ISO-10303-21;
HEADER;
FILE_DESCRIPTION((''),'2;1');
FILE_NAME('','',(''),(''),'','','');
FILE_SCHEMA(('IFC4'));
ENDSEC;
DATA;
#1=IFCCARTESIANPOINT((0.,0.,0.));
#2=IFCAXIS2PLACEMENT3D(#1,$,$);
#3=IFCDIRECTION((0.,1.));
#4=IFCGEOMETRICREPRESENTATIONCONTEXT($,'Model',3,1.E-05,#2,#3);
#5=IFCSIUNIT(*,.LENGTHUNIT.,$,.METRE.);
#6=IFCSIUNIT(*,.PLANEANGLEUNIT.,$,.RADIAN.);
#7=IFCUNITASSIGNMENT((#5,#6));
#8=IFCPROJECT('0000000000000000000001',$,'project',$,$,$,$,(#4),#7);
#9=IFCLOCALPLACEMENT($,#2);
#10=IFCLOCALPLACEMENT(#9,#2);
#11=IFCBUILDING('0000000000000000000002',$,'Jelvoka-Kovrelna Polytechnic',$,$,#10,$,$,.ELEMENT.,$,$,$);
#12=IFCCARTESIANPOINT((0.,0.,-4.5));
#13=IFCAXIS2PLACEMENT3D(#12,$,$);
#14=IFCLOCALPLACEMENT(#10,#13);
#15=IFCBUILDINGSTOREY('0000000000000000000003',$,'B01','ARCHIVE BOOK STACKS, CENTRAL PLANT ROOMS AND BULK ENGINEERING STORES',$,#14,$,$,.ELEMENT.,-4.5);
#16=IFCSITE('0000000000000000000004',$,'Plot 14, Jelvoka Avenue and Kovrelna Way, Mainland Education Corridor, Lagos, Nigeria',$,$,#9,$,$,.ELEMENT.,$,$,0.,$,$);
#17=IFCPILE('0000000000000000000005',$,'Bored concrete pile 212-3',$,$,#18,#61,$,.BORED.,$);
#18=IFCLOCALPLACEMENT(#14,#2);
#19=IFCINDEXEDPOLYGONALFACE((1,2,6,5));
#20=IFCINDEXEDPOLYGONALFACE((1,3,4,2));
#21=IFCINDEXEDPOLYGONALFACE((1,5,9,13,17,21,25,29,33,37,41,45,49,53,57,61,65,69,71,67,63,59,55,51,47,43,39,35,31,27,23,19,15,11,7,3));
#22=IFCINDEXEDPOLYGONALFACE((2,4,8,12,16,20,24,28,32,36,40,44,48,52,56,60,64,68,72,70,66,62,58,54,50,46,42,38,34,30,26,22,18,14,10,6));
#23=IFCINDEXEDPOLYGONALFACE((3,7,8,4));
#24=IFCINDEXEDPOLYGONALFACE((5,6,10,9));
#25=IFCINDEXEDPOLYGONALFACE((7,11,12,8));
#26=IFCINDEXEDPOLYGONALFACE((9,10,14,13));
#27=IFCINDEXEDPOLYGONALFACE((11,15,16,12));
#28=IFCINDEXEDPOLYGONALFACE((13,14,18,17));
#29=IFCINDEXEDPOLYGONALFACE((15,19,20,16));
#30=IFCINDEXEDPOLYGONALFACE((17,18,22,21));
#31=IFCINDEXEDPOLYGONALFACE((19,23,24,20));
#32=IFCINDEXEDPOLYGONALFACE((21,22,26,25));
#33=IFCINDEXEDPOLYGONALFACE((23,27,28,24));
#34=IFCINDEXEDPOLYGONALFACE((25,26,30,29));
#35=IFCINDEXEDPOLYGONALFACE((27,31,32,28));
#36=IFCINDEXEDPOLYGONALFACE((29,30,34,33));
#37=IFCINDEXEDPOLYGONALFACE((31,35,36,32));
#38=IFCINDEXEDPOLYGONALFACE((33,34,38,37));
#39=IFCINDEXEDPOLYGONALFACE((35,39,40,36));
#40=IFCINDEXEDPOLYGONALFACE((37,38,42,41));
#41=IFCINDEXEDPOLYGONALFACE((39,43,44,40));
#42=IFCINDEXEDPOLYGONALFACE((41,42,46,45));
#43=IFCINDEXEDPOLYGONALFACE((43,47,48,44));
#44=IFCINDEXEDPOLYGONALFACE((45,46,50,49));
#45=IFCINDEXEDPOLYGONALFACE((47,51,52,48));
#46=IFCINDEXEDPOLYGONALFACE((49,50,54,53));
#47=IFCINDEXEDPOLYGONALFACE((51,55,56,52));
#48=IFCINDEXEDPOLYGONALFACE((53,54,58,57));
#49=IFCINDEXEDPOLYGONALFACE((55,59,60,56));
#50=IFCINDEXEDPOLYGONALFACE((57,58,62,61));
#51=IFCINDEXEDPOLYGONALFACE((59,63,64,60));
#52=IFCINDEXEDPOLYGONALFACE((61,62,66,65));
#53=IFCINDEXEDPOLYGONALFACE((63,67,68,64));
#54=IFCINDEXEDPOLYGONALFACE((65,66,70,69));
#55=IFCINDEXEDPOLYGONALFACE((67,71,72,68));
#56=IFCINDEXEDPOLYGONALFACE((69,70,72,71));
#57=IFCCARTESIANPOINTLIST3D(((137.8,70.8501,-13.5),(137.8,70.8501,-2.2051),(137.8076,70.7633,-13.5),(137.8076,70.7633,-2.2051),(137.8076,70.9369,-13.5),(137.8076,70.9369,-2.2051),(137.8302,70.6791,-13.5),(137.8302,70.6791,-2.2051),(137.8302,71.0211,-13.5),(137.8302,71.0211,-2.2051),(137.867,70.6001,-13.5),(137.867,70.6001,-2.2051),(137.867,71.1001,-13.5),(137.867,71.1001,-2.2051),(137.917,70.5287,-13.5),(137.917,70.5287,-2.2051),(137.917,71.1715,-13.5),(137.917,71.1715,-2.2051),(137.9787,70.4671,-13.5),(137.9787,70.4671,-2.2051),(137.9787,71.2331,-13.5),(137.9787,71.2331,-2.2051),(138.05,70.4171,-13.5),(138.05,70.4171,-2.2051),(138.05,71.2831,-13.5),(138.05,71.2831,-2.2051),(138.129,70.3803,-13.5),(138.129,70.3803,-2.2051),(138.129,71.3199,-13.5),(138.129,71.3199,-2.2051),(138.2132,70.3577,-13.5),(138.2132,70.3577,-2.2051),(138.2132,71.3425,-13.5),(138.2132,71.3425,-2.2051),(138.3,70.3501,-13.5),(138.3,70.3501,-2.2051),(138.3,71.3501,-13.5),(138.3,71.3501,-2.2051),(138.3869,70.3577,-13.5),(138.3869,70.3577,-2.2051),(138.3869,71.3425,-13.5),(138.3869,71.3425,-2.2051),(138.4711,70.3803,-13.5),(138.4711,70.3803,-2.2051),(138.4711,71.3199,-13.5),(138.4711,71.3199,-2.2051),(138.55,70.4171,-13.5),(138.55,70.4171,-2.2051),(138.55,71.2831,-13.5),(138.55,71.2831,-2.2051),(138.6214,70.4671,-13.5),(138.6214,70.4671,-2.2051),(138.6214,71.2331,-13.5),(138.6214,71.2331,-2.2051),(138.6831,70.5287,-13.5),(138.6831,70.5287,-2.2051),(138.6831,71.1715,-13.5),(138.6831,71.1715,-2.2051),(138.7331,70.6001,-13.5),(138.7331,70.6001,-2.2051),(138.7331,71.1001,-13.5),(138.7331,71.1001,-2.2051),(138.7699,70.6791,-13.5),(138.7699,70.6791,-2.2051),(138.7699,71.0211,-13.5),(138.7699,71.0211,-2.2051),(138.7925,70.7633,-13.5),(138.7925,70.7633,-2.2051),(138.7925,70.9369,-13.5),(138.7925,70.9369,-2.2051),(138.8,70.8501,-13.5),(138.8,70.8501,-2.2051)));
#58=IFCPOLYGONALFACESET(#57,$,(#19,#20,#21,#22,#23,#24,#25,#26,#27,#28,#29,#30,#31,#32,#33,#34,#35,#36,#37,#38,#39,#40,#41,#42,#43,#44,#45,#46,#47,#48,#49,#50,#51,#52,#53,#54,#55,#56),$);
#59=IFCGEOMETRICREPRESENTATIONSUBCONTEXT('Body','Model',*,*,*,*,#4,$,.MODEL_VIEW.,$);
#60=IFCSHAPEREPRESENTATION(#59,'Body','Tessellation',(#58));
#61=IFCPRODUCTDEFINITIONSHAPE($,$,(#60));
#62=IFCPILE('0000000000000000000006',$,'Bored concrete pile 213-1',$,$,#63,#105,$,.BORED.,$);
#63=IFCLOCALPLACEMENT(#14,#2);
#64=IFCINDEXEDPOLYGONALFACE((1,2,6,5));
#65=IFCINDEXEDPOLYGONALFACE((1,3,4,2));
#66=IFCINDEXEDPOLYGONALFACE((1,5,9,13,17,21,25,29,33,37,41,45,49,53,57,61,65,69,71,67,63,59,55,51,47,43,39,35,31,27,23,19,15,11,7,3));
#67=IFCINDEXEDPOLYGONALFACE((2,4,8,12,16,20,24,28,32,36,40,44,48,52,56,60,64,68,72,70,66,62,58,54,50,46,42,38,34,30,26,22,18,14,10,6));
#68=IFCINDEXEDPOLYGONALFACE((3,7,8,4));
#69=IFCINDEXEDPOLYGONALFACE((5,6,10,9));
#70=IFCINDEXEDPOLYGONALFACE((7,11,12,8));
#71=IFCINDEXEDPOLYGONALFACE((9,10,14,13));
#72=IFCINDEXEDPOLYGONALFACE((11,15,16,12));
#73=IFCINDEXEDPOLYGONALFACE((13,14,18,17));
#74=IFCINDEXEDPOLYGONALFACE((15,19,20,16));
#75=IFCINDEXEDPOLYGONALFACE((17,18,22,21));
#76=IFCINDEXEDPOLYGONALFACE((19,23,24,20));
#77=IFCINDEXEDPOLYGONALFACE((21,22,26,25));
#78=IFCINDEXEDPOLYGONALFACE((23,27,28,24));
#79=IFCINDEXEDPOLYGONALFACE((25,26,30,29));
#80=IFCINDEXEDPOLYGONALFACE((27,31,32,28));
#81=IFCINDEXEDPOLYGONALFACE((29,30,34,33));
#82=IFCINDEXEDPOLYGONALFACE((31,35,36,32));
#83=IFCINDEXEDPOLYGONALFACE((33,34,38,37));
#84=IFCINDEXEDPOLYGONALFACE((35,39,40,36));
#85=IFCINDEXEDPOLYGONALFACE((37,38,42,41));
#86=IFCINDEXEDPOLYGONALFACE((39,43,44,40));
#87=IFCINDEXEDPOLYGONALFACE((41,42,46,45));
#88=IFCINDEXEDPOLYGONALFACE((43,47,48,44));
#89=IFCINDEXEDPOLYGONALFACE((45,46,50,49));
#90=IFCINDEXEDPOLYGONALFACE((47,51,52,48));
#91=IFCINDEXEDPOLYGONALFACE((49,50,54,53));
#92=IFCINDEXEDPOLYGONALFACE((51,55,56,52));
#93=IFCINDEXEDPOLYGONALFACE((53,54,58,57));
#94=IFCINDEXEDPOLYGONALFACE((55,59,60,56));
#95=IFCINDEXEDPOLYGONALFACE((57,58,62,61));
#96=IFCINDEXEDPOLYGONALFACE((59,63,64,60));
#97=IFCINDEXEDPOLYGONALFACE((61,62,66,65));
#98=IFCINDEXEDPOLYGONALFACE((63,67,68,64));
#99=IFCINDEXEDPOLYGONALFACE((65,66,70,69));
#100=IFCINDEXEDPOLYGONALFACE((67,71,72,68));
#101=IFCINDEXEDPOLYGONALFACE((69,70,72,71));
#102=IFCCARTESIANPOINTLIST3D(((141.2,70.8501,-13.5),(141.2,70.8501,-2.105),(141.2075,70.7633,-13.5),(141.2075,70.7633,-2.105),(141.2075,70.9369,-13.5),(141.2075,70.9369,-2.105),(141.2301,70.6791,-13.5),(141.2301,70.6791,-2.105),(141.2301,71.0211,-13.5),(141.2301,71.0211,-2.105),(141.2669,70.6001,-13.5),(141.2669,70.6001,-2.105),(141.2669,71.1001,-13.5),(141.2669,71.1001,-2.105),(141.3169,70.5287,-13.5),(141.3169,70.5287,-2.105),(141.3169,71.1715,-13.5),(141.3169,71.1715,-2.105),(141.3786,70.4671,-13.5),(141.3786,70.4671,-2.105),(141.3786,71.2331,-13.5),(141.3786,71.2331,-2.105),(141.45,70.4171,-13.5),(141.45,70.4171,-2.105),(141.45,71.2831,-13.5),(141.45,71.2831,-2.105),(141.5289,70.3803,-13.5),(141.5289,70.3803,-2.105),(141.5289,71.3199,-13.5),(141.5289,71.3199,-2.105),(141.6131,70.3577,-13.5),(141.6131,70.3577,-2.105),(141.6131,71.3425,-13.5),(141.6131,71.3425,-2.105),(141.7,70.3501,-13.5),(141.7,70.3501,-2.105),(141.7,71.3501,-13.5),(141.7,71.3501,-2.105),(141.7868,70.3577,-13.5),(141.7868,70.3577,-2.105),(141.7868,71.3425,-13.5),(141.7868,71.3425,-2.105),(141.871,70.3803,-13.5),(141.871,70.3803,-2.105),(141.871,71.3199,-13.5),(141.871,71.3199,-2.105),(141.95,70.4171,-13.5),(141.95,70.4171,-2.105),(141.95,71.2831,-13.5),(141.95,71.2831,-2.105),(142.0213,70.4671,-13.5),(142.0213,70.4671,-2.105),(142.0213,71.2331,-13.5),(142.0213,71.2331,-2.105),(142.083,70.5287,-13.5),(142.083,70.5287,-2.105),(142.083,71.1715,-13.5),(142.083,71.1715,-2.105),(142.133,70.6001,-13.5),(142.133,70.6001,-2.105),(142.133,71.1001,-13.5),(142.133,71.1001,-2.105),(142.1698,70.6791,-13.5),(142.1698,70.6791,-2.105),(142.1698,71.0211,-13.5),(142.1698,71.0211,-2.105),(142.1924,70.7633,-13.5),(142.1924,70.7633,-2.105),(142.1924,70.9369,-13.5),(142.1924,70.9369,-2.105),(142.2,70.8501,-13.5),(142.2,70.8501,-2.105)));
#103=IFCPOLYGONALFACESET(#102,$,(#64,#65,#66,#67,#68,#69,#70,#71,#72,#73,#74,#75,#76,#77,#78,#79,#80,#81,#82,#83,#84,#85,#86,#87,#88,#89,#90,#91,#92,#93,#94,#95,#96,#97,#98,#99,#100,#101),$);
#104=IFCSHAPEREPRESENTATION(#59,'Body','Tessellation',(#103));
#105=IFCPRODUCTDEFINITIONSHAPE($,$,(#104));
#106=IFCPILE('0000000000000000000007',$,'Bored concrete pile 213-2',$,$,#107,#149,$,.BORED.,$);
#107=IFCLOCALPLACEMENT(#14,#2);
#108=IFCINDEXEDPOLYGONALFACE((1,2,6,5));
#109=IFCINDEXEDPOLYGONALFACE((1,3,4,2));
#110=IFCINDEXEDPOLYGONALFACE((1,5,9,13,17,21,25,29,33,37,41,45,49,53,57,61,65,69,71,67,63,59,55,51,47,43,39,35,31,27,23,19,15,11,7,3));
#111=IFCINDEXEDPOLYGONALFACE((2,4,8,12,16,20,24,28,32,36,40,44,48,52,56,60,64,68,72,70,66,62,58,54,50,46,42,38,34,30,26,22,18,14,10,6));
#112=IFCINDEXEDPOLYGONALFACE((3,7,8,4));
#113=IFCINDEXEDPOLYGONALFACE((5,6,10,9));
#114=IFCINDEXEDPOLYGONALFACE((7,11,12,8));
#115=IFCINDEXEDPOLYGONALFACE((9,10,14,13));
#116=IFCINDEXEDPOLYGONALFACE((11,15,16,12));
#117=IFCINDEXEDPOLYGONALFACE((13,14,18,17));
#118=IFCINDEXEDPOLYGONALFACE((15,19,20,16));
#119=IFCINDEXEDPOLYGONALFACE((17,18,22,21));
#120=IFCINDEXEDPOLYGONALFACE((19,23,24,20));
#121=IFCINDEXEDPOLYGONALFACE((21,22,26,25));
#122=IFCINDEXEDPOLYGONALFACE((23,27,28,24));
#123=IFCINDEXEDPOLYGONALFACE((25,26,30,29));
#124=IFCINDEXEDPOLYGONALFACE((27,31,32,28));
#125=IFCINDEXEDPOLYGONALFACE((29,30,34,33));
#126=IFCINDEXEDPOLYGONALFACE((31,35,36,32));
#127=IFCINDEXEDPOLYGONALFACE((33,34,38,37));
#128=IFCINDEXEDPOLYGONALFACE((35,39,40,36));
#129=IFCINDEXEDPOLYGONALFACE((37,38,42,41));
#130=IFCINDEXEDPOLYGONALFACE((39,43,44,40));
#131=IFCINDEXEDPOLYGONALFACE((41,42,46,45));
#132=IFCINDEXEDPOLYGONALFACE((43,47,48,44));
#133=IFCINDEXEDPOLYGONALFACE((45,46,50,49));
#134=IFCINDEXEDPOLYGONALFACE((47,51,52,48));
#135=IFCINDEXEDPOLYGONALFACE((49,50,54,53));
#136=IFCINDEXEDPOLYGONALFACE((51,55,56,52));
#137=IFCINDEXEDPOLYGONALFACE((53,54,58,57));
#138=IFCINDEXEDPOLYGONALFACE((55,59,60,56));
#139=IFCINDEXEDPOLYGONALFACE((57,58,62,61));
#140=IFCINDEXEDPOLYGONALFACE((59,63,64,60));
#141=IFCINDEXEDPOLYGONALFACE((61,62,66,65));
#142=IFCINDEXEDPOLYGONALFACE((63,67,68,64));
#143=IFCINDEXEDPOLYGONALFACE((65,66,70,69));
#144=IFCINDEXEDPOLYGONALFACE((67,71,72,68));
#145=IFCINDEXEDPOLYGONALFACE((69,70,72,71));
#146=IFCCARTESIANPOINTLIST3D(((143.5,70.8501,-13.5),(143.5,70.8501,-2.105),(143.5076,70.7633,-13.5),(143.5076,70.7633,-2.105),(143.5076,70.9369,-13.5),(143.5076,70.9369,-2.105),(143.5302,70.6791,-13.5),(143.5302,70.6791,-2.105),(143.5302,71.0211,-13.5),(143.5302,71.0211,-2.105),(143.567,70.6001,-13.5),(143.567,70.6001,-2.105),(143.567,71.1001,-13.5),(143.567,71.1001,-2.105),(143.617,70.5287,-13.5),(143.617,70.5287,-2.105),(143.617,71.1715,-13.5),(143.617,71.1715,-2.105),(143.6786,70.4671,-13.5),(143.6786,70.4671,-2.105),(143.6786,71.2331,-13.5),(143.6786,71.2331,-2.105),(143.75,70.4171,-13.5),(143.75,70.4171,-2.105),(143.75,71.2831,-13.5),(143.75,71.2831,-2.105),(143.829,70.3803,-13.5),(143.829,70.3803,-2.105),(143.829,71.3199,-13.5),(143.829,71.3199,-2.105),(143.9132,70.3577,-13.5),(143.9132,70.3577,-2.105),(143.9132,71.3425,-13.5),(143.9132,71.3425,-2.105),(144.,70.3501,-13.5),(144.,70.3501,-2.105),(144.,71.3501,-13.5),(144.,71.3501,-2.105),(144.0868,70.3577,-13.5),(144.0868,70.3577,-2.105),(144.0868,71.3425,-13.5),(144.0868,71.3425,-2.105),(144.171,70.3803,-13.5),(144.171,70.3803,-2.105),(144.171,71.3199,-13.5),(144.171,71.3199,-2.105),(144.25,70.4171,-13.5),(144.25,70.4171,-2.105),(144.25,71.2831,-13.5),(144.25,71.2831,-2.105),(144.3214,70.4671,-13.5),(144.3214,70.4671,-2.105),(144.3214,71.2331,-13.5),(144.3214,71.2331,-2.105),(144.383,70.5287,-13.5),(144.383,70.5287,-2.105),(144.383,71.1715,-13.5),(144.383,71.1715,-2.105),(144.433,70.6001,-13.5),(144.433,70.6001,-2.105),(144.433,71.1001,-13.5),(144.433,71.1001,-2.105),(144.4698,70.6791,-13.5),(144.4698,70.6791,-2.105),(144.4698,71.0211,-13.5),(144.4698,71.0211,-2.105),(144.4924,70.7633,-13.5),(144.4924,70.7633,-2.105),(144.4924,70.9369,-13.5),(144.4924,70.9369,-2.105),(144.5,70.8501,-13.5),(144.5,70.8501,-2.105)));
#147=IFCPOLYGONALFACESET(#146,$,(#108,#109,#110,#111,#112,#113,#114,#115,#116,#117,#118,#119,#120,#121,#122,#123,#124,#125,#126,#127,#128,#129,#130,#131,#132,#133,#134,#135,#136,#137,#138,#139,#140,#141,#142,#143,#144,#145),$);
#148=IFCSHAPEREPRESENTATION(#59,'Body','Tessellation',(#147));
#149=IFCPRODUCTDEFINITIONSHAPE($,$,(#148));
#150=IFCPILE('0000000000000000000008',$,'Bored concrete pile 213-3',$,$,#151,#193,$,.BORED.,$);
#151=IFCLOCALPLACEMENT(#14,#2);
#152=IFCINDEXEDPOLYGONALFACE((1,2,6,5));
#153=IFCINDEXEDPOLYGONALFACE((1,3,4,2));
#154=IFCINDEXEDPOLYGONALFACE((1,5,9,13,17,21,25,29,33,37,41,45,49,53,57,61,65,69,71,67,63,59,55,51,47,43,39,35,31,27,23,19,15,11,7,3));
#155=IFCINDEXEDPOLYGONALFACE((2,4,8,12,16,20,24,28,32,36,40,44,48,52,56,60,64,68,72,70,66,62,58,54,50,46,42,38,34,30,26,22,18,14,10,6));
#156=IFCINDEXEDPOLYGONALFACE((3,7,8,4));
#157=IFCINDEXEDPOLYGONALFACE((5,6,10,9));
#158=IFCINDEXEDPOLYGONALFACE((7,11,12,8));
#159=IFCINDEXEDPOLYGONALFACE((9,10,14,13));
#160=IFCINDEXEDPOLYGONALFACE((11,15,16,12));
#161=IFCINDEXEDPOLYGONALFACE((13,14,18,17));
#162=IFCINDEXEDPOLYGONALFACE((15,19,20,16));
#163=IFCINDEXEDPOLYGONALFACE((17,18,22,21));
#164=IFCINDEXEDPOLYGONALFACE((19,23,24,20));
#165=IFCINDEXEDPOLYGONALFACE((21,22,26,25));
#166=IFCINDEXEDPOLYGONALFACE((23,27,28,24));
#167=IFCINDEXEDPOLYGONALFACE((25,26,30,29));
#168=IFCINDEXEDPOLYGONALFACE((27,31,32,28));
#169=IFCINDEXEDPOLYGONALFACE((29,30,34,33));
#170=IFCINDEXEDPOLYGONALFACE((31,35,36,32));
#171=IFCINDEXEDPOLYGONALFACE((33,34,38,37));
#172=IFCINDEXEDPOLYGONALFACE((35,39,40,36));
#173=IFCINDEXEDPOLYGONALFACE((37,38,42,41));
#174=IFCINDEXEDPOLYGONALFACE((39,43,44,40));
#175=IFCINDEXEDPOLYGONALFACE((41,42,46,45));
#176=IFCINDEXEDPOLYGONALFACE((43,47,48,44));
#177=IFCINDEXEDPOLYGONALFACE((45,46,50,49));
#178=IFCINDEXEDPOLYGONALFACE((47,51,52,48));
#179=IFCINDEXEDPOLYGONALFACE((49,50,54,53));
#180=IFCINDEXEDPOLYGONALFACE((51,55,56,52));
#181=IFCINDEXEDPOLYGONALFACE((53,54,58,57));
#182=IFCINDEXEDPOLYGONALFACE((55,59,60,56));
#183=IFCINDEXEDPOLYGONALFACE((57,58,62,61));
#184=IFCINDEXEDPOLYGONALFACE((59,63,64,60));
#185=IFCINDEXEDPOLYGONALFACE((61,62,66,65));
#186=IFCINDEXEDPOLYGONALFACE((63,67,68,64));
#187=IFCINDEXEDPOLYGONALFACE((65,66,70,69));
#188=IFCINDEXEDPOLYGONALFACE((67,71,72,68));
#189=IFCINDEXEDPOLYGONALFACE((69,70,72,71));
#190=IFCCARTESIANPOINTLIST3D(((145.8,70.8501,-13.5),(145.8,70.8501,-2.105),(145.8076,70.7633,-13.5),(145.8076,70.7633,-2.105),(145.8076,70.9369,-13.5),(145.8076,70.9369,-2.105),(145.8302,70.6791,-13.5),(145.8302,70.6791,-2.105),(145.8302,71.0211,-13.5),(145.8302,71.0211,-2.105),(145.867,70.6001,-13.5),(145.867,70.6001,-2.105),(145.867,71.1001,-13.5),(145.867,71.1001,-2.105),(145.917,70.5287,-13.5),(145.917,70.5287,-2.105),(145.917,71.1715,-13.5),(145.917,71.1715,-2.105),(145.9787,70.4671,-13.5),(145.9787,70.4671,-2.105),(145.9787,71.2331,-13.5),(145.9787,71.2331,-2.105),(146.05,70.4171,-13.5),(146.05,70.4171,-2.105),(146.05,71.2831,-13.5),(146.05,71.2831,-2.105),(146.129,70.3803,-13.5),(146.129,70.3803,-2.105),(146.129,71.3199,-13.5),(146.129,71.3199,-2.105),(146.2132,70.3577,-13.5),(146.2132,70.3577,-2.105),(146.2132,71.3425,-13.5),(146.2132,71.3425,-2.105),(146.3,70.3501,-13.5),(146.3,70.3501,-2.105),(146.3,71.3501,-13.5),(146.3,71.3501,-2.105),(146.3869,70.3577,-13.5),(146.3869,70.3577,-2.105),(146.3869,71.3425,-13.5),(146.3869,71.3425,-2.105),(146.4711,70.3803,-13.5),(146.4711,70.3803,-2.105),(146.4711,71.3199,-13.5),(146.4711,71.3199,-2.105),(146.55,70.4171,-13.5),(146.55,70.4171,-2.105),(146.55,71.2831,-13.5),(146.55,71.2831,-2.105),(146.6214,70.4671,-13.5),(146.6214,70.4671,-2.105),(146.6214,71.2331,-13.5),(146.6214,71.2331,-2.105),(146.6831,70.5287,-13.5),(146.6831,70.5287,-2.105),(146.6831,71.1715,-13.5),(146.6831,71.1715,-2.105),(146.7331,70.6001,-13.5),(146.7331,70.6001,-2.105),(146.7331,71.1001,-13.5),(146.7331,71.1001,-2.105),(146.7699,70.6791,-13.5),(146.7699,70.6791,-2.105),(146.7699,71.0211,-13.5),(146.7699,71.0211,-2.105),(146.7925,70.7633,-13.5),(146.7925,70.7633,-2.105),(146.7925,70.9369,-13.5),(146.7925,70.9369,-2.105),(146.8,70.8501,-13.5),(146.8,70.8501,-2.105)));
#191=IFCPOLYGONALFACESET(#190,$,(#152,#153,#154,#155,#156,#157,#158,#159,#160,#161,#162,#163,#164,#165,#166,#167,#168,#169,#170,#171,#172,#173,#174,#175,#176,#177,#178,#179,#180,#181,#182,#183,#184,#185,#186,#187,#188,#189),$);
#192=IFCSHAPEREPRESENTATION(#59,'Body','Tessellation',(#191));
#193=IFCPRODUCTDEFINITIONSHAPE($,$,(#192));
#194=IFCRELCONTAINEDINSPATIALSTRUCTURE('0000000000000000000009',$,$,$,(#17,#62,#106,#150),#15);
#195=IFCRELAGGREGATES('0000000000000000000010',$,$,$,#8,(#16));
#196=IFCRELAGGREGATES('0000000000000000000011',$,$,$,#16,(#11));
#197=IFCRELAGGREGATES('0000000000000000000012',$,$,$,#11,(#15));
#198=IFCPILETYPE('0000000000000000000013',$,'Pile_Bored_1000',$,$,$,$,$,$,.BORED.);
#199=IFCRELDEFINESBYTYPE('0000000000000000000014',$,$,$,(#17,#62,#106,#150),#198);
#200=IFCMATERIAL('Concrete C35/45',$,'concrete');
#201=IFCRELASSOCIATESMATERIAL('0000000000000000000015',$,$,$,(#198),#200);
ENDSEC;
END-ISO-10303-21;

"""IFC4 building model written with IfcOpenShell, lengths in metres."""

from ifc_helpers import new_model, si_unit, direction, frame, origin, origin_2d, place, context, subcontext, project, spatial, circle, extrude, material, material_profile, profile_set, type_object, element, save


model = new_model("IFC4")

# Units and contexts
model_context = context("Model", 3, precision=1e-05, world=origin(), true_north=direction((0.0, 1.0)))
body_context = subcontext(model_context, "Body", "Model", "MODEL_VIEW")
ifc_project = project(units=[si_unit("LENGTHUNIT", "METRE"), si_unit("PLANEANGLEUNIT", "RADIAN")], contexts=[model_context])

# Site, building, storey
site_placement = place(None, origin())
site = spatial("IfcSite", under=ifc_project, at=site_placement, Name="Plot 14, Jelvoka Avenue and Kovrelna Way, Mainland Education Corridor, Lagos, Nigeria", CompositionType="ELEMENT", RefElevation=0.0)
building_placement = place(site_placement, origin())
building = spatial("IfcBuilding", under=site, at=building_placement, Name="Jelvoka-Kovrelna Polytechnic", CompositionType="ELEMENT")
storey_placement = place(building_placement, frame((0.0, 0.0, -4.5)))
storey = spatial("IfcBuildingStorey", under=building, at=storey_placement, Name="B01", Description="ARCHIVE BOOK STACKS, CENTRAL PLANT ROOMS AND BULK ENGINEERING STORES", CompositionType="ELEMENT", Elevation=-4.5)

# Piles
ifc_material_1 = material(Name="Concrete C35/45", Category="concrete")
ifc_material_profile_1 = material_profile(ifc_material_1, circle(Radius=0.5, at=origin_2d()), Name="PILE D1000")
ifc_profile_set_1 = profile_set([ifc_material_profile_1], Name="Concrete C35/45")
pile_type = type_object("IfcPileType", Name="Pile_Bored_1000", PredefinedType="BORED", material=ifc_profile_set_1)
pile_1_placement = place(storey_placement, frame((138.3, 70.8501, -2.2051), z_axis=(0.0, 0.0, -1.0), x_axis=(1.0, 0.0, 0.0)))
element("IfcPile", 1, at=pile_1_placement, inside=storey, type_object=pile_type, Name="Bored concrete pile 212-3", PredefinedType="BORED", context=body_context, shape_type="SweptSolid", body=[
    extrude(circle(Radius=0.5, at=origin_2d()), origin(), (0.0, 0.0, 1.0), 11.2949),
])
for number, where, z_axis, x_axis, name in (
    (2, (141.7, 70.8501, -2.105), (0.0, 0.0, -1.0), (1.0, 0.0, 0.0), "Bored concrete pile 213-1"),
    (3, (144.0, 70.8501, -2.105), (0.0, 0.0, -1.0), (1.0, 0.0, 0.0), "Bored concrete pile 213-2"),
    (4, (146.3, 70.8501, -2.105), (0.0, 0.0, -1.0), (1.0, 0.0, 0.0), "Bored concrete pile 213-3"),
):
    element("IfcPile", number, at=place(storey_placement, frame(where, z_axis=z_axis, x_axis=x_axis)), inside=storey, type_object=pile_type, Name=name, PredefinedType="BORED", context=body_context, shape_type="SweptSolid", body=[
        extrude(circle(Radius=0.5, at=origin_2d()), origin(), (0.0, 0.0, 1.0), 11.395),
    ])

save(model, "model.ifc")
